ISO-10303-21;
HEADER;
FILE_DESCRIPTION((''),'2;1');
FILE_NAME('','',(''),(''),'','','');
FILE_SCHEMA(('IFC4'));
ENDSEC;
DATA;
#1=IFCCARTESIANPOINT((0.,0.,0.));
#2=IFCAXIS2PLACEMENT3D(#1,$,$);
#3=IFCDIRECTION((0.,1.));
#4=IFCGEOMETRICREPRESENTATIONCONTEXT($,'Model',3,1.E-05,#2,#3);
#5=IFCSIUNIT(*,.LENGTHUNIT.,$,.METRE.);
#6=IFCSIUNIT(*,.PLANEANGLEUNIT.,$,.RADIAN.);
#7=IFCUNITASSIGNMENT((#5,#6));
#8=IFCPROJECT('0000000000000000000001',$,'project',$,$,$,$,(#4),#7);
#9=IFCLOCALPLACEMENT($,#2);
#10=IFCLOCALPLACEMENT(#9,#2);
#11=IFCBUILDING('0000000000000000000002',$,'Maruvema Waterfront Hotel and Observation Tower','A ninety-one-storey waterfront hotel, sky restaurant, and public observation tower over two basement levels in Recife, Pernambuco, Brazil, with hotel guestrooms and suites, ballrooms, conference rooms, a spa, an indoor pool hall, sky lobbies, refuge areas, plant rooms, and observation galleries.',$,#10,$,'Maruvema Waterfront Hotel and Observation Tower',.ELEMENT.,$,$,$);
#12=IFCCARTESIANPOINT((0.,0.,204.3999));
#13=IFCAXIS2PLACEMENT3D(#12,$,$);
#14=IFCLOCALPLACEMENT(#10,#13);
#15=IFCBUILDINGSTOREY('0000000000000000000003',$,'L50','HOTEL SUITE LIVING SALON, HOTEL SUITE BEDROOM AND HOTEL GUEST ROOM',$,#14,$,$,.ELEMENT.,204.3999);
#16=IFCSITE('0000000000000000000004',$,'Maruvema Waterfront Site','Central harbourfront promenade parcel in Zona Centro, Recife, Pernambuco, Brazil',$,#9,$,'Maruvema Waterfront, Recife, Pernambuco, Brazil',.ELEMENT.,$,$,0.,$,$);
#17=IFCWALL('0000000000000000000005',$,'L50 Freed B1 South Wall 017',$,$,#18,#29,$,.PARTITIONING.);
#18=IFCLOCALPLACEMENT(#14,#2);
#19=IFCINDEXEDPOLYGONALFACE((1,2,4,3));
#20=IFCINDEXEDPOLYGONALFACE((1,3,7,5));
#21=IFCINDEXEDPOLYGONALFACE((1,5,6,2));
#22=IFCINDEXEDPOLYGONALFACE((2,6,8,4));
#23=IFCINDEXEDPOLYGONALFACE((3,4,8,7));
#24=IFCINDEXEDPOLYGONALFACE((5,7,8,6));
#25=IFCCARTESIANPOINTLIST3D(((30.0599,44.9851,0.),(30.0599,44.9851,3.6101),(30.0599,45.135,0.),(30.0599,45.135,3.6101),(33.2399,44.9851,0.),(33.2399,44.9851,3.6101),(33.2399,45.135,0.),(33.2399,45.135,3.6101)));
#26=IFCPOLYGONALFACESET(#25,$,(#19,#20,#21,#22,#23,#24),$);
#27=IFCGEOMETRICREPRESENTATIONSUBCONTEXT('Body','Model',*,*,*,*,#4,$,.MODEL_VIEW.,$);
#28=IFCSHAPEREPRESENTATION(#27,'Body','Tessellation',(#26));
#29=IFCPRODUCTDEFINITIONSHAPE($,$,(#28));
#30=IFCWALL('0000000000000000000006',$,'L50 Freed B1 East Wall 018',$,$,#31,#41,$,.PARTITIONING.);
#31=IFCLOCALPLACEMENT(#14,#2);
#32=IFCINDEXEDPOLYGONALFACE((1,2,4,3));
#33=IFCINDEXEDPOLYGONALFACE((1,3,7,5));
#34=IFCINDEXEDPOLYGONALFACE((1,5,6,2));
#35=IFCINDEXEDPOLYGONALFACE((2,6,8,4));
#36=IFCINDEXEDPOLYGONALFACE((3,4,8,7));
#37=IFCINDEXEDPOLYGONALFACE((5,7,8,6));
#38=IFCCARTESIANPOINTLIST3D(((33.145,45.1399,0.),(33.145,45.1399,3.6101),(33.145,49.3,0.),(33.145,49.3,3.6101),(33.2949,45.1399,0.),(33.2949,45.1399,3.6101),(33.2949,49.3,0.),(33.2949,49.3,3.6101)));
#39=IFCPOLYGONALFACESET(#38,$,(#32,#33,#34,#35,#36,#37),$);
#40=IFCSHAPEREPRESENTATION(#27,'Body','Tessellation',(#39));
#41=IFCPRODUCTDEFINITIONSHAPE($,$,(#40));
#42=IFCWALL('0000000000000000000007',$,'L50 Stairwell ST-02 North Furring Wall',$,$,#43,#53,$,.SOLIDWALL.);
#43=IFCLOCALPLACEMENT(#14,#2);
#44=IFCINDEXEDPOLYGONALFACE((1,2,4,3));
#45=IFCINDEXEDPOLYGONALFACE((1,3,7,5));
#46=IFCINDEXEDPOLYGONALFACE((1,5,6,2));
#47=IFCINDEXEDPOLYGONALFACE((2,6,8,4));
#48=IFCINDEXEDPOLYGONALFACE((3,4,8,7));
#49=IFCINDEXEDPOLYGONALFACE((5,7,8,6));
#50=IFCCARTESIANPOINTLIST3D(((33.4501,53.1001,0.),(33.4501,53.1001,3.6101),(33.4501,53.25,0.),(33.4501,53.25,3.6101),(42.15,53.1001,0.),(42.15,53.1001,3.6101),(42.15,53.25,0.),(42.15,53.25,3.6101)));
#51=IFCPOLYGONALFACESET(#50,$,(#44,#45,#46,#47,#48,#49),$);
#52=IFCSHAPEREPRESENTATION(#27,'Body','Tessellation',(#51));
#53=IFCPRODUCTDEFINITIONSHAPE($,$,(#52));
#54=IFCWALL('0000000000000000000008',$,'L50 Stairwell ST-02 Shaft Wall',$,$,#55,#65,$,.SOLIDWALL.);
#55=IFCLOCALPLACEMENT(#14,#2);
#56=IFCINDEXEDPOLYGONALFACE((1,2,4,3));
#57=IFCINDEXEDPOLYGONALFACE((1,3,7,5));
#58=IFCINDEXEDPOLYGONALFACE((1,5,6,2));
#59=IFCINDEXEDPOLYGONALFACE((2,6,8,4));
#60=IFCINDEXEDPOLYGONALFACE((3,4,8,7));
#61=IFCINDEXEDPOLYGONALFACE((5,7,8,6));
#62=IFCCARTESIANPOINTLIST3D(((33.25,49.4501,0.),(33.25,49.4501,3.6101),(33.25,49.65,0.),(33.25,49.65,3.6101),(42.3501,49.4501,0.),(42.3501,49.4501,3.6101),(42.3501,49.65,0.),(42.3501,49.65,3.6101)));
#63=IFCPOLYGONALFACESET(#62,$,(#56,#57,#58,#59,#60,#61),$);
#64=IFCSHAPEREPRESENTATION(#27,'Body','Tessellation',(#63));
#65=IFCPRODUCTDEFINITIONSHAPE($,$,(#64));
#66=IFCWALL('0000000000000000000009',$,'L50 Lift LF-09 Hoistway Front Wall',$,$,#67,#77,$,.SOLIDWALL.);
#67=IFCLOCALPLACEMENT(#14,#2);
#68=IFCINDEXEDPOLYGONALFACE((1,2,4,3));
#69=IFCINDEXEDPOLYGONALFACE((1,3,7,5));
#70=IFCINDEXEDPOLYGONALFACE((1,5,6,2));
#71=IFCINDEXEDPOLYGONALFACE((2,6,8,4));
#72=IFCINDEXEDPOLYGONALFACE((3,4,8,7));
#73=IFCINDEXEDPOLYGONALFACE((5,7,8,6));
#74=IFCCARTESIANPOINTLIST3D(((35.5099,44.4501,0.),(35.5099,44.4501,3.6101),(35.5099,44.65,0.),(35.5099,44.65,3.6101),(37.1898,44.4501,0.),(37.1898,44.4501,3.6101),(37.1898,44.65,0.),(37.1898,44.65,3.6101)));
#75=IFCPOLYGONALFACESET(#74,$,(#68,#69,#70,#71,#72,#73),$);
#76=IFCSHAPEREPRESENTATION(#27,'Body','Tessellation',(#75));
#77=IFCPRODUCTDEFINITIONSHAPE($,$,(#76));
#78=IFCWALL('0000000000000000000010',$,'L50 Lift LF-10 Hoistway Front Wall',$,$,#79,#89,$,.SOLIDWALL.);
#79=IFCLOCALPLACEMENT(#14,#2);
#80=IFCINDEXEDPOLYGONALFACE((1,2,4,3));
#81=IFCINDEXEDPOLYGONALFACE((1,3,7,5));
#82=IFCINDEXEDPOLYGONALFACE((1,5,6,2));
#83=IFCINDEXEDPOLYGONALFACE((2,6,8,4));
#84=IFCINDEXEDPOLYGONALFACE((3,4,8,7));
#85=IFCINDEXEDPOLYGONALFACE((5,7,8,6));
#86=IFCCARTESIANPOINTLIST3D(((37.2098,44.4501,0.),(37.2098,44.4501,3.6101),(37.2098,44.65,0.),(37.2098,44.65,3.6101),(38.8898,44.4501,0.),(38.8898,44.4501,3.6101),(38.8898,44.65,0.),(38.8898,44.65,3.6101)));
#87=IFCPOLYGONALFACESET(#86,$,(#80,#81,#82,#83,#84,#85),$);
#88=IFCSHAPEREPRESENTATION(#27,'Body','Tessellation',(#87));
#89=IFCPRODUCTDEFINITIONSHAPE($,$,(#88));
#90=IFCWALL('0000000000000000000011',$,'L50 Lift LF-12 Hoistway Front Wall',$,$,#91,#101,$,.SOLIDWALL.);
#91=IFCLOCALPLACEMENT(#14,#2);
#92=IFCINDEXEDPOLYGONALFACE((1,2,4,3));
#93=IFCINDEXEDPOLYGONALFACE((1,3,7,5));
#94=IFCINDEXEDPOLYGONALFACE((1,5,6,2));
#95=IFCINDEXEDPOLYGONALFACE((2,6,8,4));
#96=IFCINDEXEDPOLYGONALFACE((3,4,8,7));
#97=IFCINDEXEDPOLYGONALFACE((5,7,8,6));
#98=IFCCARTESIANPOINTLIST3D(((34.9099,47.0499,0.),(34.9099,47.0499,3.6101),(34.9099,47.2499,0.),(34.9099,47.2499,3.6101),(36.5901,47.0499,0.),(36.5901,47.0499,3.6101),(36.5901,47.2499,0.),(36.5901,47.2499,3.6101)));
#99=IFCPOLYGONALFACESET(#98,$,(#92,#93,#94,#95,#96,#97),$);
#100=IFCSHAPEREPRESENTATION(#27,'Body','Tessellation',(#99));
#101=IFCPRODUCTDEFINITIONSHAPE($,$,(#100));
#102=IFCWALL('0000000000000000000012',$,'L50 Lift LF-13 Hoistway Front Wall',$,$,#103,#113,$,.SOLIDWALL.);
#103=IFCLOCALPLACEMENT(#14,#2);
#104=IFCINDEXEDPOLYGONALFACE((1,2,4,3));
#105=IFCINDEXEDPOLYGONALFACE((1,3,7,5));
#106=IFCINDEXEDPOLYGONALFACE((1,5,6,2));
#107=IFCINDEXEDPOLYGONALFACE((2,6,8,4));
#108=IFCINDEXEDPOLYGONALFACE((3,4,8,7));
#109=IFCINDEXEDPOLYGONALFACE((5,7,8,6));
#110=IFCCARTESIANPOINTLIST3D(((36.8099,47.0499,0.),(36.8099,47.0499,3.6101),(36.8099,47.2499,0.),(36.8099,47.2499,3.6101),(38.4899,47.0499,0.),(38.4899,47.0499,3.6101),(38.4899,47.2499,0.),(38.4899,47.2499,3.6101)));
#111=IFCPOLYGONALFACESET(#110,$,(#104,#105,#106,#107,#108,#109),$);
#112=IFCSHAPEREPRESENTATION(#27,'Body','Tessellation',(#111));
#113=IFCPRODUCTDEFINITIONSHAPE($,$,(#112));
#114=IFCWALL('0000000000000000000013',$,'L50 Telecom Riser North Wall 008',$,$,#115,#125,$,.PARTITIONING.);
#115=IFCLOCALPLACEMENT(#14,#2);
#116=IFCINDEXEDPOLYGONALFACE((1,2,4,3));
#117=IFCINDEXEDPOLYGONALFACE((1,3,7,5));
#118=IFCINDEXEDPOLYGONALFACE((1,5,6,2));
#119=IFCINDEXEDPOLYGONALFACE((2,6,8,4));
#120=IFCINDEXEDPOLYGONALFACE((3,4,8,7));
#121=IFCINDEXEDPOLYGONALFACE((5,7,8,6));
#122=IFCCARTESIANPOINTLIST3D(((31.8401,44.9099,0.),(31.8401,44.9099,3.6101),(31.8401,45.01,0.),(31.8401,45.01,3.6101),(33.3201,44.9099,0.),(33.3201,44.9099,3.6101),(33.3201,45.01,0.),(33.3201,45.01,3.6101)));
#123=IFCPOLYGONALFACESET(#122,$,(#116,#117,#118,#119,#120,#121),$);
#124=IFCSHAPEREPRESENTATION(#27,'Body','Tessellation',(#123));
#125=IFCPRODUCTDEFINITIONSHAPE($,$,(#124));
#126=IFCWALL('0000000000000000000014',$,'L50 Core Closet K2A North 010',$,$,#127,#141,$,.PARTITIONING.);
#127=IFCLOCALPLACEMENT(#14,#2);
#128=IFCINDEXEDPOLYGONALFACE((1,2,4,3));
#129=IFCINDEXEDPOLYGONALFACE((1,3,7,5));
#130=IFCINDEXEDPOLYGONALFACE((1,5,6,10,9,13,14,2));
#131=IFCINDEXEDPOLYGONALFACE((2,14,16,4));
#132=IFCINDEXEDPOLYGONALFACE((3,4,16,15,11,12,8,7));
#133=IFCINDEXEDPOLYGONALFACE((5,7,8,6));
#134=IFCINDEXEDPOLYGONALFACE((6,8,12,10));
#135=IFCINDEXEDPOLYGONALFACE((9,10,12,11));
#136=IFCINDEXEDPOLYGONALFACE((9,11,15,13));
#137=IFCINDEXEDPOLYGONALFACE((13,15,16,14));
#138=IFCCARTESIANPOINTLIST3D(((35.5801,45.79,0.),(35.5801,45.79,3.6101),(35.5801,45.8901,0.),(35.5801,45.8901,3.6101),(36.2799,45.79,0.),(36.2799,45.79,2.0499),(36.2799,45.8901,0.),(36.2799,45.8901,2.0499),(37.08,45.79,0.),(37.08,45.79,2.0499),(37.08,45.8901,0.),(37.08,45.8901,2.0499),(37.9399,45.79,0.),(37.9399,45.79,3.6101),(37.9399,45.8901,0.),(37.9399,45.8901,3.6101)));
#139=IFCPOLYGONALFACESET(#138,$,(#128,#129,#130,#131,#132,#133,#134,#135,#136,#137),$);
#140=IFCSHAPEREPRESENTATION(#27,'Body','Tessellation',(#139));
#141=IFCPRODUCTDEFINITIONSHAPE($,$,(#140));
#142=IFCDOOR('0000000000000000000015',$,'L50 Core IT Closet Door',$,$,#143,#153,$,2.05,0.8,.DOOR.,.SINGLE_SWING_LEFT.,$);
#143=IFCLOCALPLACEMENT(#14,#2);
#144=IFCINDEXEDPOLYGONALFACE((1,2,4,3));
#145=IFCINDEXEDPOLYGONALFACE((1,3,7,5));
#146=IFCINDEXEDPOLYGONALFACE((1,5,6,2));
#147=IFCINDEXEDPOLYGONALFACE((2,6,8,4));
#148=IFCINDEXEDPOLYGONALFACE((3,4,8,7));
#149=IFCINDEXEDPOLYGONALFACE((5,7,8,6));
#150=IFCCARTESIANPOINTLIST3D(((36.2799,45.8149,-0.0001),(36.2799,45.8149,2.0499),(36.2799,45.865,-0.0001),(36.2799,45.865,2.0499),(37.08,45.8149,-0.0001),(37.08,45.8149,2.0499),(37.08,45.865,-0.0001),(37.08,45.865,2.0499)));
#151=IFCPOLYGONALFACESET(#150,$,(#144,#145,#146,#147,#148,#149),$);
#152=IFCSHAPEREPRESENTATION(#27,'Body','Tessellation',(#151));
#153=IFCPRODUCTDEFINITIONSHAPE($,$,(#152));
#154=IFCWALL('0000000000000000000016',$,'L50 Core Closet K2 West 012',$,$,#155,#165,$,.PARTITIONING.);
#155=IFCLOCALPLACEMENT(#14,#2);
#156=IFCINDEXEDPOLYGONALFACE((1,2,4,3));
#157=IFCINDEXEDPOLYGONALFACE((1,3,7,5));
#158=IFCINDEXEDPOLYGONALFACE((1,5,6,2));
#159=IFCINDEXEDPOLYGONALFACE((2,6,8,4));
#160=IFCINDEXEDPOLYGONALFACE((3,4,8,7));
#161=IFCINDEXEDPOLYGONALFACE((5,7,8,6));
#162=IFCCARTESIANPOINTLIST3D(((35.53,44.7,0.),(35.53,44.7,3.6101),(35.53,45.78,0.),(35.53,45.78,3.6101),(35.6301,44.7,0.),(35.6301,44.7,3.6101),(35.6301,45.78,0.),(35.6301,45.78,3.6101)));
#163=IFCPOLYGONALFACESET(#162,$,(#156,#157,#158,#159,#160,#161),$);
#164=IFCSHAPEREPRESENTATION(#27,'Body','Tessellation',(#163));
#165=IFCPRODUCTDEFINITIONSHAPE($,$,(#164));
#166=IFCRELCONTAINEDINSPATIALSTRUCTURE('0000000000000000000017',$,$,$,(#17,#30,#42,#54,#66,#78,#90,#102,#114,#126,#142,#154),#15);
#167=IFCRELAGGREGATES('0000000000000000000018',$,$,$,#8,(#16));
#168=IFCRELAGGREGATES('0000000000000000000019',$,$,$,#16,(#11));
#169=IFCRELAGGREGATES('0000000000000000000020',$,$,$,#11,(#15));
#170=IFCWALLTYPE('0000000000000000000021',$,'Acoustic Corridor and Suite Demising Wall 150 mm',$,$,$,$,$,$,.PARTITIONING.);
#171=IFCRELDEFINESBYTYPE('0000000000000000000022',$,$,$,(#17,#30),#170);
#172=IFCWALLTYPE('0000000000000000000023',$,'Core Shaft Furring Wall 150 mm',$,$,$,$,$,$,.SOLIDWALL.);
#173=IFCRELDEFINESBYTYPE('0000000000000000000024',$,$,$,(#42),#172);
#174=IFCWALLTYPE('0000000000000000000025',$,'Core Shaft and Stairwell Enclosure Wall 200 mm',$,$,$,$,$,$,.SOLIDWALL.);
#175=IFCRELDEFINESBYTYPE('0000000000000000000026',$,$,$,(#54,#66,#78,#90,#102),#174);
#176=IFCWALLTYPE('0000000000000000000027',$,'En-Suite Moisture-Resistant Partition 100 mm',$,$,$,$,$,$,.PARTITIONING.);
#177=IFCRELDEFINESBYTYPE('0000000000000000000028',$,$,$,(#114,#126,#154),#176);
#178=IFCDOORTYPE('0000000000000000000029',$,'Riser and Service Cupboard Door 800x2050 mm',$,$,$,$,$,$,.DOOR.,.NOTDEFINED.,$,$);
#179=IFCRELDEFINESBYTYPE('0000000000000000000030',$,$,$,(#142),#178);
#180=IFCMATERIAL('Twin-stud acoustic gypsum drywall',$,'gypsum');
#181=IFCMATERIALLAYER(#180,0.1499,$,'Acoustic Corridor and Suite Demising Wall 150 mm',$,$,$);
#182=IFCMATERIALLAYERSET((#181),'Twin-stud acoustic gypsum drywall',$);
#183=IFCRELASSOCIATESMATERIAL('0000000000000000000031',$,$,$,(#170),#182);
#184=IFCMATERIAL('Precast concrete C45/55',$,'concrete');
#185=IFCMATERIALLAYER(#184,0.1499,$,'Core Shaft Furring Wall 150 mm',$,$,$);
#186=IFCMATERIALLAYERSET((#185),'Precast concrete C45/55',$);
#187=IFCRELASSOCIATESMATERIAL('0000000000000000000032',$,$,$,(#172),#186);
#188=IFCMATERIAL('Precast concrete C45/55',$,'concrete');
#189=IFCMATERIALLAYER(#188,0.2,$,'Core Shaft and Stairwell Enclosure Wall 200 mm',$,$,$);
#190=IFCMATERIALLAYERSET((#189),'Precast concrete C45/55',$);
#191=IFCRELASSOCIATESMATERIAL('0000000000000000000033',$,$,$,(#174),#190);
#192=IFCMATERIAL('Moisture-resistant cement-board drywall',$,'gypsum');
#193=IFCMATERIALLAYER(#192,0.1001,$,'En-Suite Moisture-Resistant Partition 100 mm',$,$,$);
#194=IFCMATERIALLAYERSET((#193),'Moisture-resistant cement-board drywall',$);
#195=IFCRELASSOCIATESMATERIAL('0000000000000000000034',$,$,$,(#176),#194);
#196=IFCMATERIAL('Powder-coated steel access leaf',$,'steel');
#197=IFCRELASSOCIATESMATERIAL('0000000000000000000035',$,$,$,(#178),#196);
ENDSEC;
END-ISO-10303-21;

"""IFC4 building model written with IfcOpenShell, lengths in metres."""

from ifc_helpers import new_model, si_unit, direction, frame, frame_2d, origin, place, context, subcontext, project, spatial, rectangle, extrude, material, layer, layer_set, type_object, element, fill, save


model = new_model("IFC4")

# Units and contexts
model_context = context("Model", 3, precision=1e-05, world=origin(), true_north=direction((0.0, 1.0)))
body_context = subcontext(model_context, "Body", "Model", "MODEL_VIEW")
ifc_project = project(units=[si_unit("LENGTHUNIT", "METRE"), si_unit("PLANEANGLEUNIT", "RADIAN")], contexts=[model_context])

# Site, building, storey
site_placement = place(None, origin())
site = spatial("IfcSite", under=ifc_project, at=site_placement, Name="Maruvema Waterfront Site", Description="Central harbourfront promenade parcel in Zona Centro, Recife, Pernambuco, Brazil", LongName="Maruvema Waterfront, Recife, Pernambuco, Brazil", CompositionType="ELEMENT", RefElevation=0.0)
building_placement = place(site_placement, origin())
building = spatial("IfcBuilding", under=site, at=building_placement, Name="Maruvema Waterfront Hotel and Observation Tower", Description="A ninety-one-storey waterfront hotel, sky restaurant, and public observation tower over two basement levels in Recife, Pernambuco, Brazil, with hotel guestrooms and suites, ballrooms, conference rooms, a spa, an indoor pool hall, sky lobbies, refuge areas, plant rooms, and observation galleries.", LongName="Maruvema Waterfront Hotel and Observation Tower", CompositionType="ELEMENT")
storey_placement = place(building_placement, frame((0.0, 0.0, 204.3999)))
storey = spatial("IfcBuildingStorey", under=building, at=storey_placement, Name="L50", Description="HOTEL SUITE LIVING SALON, HOTEL SUITE BEDROOM AND HOTEL GUEST ROOM", CompositionType="ELEMENT", Elevation=204.3999)

# Walls
ifc_material_1 = material(Name="Twin-stud acoustic gypsum drywall", Category="gypsum")
ifc_layer_1 = layer(ifc_material_1, 0.1499, Name="Acoustic Corridor and Suite Demising Wall 150 mm")
ifc_layer_set_1 = layer_set([ifc_layer_1], Name="Twin-stud acoustic gypsum drywall")
wall_type_1 = type_object("IfcWallType", Name="Acoustic Corridor and Suite Demising Wall 150 mm", PredefinedType="PARTITIONING", material=ifc_layer_set_1)
wall_1_placement = place(storey_placement, frame((30.0601, 45.0601, 0.0), z_axis=(0.0, 0.0, 1.0), x_axis=(1.0, 0.0, 0.0)))
element("IfcWall", 1, at=wall_1_placement, inside=storey, type_object=wall_type_1, Name="L50 Freed B1 South Wall 017", PredefinedType="PARTITIONING", context=body_context, shape_type="SweptSolid", body=[
    extrude(rectangle(XDim=3.1799, YDim=0.1499, at=frame_2d((1.5898, 0.0))), origin(), (0.0, 0.0, 1.0), 3.6101),
])
wall_2_placement = place(storey_placement, frame((33.22, 45.1399, 0.0), z_axis=(0.0, 0.0, 1.0), x_axis=(0.0, 1.0, 0.0)))
element("IfcWall", 2, at=wall_2_placement, inside=storey, type_object=wall_type_1, Name="L50 Freed B1 East Wall 018", PredefinedType="PARTITIONING", context=body_context, shape_type="SweptSolid", body=[
    extrude(rectangle(XDim=4.1602, YDim=0.1499, at=frame_2d((2.0801, 0.0))), origin(), (0.0, 0.0, 1.0), 3.6101),
])
ifc_material_2 = material(Name="Precast concrete C45/55", Category="concrete")
ifc_layer_2 = layer(ifc_material_2, 0.1499, Name="Core Shaft Furring Wall 150 mm")
ifc_layer_set_2 = layer_set([ifc_layer_2], Name="Precast concrete C45/55")
wall_type_2 = type_object("IfcWallType", Name="Core Shaft Furring Wall 150 mm", PredefinedType="SOLIDWALL", material=ifc_layer_set_2)
wall_3_placement = place(storey_placement, frame((33.45, 53.175, 0.0), z_axis=(0.0, 0.0, 1.0), x_axis=(1.0, 0.0, 0.0)))
element("IfcWall", 3, at=wall_3_placement, inside=storey, type_object=wall_type_2, Name="L50 Stairwell ST-02 North Furring Wall", PredefinedType="SOLIDWALL", context=body_context, shape_type="SweptSolid", body=[
    extrude(rectangle(XDim=8.7, YDim=0.1499, at=frame_2d((4.3501, 0.0))), origin(), (0.0, 0.0, 1.0), 3.6101),
])
ifc_material_3 = material(Name="Precast concrete C45/55", Category="concrete")
ifc_layer_3 = layer(ifc_material_3, 0.2, Name="Core Shaft and Stairwell Enclosure Wall 200 mm")
ifc_layer_set_3 = layer_set([ifc_layer_3], Name="Precast concrete C45/55")
wall_type_3 = type_object("IfcWallType", Name="Core Shaft and Stairwell Enclosure Wall 200 mm", PredefinedType="SOLIDWALL", material=ifc_layer_set_3)
wall_4_placement = place(storey_placement, frame((33.25, 49.55, 0.0), z_axis=(0.0, 0.0, 1.0), x_axis=(1.0, 0.0, 0.0)))
element("IfcWall", 4, at=wall_4_placement, inside=storey, type_object=wall_type_3, Name="L50 Stairwell ST-02 Shaft Wall", PredefinedType="SOLIDWALL", context=body_context, shape_type="SweptSolid", body=[
    extrude(rectangle(XDim=9.1001, YDim=0.2, at=frame_2d((4.55, 0.0))), origin(), (0.0, 0.0, 1.0), 3.6101),
])

# Walls
for number, where, z_axis, x_axis, name in (
    (5, (35.51, 44.55, 0.0), (0.0, 0.0, 1.0), (1.0, 0.0, 0.0), "L50 Lift LF-09 Hoistway Front Wall"),
    (6, (37.21, 44.55, 0.0), (0.0, 0.0, 1.0), (1.0, 0.0, 0.0), "L50 Lift LF-10 Hoistway Front Wall"),
):
    element("IfcWall", number, at=place(storey_placement, frame(where, z_axis=z_axis, x_axis=x_axis)), inside=storey, type_object=wall_type_3, Name=name, PredefinedType="SOLIDWALL", context=body_context, shape_type="SweptSolid", body=[
        extrude(rectangle(XDim=1.6799, YDim=0.2, at=frame_2d((0.8398, 0.0))), origin(), (0.0, 0.0, 1.0), 3.6101),
    ])
wall_5_placement = place(storey_placement, frame((34.9099, 47.1499, 0.0), z_axis=(0.0, 0.0, 1.0), x_axis=(1.0, 0.0, 0.0)))
element("IfcWall", 7, at=wall_5_placement, inside=storey, type_object=wall_type_3, Name="L50 Lift LF-12 Hoistway Front Wall", PredefinedType="SOLIDWALL", context=body_context, shape_type="SweptSolid", body=[
    extrude(rectangle(XDim=1.6802, YDim=0.2, at=frame_2d((0.8401, 0.0))), origin(), (0.0, 0.0, 1.0), 3.6101),
])
wall_6_placement = place(storey_placement, frame((36.8101, 47.1499, 0.0), z_axis=(0.0, 0.0, 1.0), x_axis=(1.0, 0.0, 0.0)))
element("IfcWall", 8, at=wall_6_placement, inside=storey, type_object=wall_type_3, Name="L50 Lift LF-13 Hoistway Front Wall", PredefinedType="SOLIDWALL", context=body_context, shape_type="SweptSolid", body=[
    extrude(rectangle(XDim=1.6799, YDim=0.2, at=frame_2d((0.8398, 0.0))), origin(), (0.0, 0.0, 1.0), 3.6101),
])
ifc_material_4 = material(Name="Moisture-resistant cement-board drywall", Category="gypsum")
ifc_layer_4 = layer(ifc_material_4, 0.1001, Name="En-Suite Moisture-Resistant Partition 100 mm")
ifc_layer_set_4 = layer_set([ifc_layer_4], Name="Moisture-resistant cement-board drywall")
wall_type_4 = type_object("IfcWallType", Name="En-Suite Moisture-Resistant Partition 100 mm", PredefinedType="PARTITIONING", material=ifc_layer_set_4)
wall_7_placement = place(storey_placement, frame((31.8401, 44.96, 0.0), z_axis=(0.0, 0.0, 1.0), x_axis=(1.0, 0.0, 0.0)))
element("IfcWall", 9, at=wall_7_placement, inside=storey, type_object=wall_type_4, Name="L50 Telecom Riser North Wall 008", PredefinedType="PARTITIONING", context=body_context, shape_type="SweptSolid", body=[
    extrude(rectangle(XDim=1.48, YDim=0.1001, at=frame_2d((0.74, 0.0))), origin(), (0.0, 0.0, 1.0), 3.6101),
])

# Wall, opening, door
wall_8_placement = place(storey_placement, frame((35.5801, 45.8401, 0.0), z_axis=(0.0, 0.0, 1.0), x_axis=(1.0, 0.0, 0.0)))
wall_8 = element("IfcWall", 10, at=wall_8_placement, inside=storey, type_object=wall_type_4, Name="L50 Core Closet K2A North 010", PredefinedType="PARTITIONING", context=body_context, shape_type="SweptSolid", body=[
    extrude(rectangle(XDim=2.3599, YDim=0.1001, at=frame_2d((1.1799, 0.0))), origin(), (0.0, 0.0, 1.0), 3.6101),
])
opening_1_placement = place(wall_8_placement, frame((0.7, 0.0, 0.0)))
opening_1 = element("IfcOpeningElement", 11, at=opening_1_placement, cuts=wall_8, PredefinedType="OPENING", context=body_context, shape_type="SweptSolid", body=[
    extrude(rectangle(XDim=0.8, YDim=2.05, at=frame_2d((0.3999, 1.0249))), frame((0.0, 0.0601, 0.0), z_axis=(0.0, -1.0, 0.0), x_axis=(1.0, 0.0, 0.0)), (0.0, 0.0, 1.0), 0.1201),
])
ifc_material_5 = material(Name="Powder-coated steel access leaf", Category="steel")
door_type_1 = type_object("IfcDoorType", Name="Riser and Service Cupboard Door 800x2050 mm", OperationType="NOTDEFINED", PredefinedType="DOOR", material=ifc_material_5)
door_1_placement = place(opening_1_placement, origin())
door_1 = element("IfcDoor", 12, at=door_1_placement, inside=storey, type_object=door_type_1, Name="L50 Core IT Closet Door", OperationType="SINGLE_SWING_LEFT", OverallHeight=2.05, OverallWidth=0.8, PredefinedType="DOOR", context=body_context, shape_type="SweptSolid", body=[
    extrude(rectangle(XDim=0.8, YDim=2.05, at=frame_2d((0.3999, 1.0249))), frame((0.0, 0.0249, 0.0), z_axis=(0.0, -1.0, 0.0), x_axis=(1.0, 0.0, 0.0)), (0.0, 0.0, 1.0), 0.05),
])
fill(opening_1, door_1)

# Wall
wall_9_placement = place(storey_placement, frame((35.5801, 44.7, 0.0), z_axis=(0.0, 0.0, 1.0), x_axis=(0.0, 1.0, 0.0)))
element("IfcWall", 13, at=wall_9_placement, inside=storey, type_object=wall_type_4, Name="L50 Core Closet K2 West 012", PredefinedType="PARTITIONING", context=body_context, shape_type="SweptSolid", body=[
    extrude(rectangle(XDim=1.0801, YDim=0.1001, at=frame_2d((0.54, 0.0))), origin(), (0.0, 0.0, 1.0), 3.6101),
])

save(model, "model.ifc")
